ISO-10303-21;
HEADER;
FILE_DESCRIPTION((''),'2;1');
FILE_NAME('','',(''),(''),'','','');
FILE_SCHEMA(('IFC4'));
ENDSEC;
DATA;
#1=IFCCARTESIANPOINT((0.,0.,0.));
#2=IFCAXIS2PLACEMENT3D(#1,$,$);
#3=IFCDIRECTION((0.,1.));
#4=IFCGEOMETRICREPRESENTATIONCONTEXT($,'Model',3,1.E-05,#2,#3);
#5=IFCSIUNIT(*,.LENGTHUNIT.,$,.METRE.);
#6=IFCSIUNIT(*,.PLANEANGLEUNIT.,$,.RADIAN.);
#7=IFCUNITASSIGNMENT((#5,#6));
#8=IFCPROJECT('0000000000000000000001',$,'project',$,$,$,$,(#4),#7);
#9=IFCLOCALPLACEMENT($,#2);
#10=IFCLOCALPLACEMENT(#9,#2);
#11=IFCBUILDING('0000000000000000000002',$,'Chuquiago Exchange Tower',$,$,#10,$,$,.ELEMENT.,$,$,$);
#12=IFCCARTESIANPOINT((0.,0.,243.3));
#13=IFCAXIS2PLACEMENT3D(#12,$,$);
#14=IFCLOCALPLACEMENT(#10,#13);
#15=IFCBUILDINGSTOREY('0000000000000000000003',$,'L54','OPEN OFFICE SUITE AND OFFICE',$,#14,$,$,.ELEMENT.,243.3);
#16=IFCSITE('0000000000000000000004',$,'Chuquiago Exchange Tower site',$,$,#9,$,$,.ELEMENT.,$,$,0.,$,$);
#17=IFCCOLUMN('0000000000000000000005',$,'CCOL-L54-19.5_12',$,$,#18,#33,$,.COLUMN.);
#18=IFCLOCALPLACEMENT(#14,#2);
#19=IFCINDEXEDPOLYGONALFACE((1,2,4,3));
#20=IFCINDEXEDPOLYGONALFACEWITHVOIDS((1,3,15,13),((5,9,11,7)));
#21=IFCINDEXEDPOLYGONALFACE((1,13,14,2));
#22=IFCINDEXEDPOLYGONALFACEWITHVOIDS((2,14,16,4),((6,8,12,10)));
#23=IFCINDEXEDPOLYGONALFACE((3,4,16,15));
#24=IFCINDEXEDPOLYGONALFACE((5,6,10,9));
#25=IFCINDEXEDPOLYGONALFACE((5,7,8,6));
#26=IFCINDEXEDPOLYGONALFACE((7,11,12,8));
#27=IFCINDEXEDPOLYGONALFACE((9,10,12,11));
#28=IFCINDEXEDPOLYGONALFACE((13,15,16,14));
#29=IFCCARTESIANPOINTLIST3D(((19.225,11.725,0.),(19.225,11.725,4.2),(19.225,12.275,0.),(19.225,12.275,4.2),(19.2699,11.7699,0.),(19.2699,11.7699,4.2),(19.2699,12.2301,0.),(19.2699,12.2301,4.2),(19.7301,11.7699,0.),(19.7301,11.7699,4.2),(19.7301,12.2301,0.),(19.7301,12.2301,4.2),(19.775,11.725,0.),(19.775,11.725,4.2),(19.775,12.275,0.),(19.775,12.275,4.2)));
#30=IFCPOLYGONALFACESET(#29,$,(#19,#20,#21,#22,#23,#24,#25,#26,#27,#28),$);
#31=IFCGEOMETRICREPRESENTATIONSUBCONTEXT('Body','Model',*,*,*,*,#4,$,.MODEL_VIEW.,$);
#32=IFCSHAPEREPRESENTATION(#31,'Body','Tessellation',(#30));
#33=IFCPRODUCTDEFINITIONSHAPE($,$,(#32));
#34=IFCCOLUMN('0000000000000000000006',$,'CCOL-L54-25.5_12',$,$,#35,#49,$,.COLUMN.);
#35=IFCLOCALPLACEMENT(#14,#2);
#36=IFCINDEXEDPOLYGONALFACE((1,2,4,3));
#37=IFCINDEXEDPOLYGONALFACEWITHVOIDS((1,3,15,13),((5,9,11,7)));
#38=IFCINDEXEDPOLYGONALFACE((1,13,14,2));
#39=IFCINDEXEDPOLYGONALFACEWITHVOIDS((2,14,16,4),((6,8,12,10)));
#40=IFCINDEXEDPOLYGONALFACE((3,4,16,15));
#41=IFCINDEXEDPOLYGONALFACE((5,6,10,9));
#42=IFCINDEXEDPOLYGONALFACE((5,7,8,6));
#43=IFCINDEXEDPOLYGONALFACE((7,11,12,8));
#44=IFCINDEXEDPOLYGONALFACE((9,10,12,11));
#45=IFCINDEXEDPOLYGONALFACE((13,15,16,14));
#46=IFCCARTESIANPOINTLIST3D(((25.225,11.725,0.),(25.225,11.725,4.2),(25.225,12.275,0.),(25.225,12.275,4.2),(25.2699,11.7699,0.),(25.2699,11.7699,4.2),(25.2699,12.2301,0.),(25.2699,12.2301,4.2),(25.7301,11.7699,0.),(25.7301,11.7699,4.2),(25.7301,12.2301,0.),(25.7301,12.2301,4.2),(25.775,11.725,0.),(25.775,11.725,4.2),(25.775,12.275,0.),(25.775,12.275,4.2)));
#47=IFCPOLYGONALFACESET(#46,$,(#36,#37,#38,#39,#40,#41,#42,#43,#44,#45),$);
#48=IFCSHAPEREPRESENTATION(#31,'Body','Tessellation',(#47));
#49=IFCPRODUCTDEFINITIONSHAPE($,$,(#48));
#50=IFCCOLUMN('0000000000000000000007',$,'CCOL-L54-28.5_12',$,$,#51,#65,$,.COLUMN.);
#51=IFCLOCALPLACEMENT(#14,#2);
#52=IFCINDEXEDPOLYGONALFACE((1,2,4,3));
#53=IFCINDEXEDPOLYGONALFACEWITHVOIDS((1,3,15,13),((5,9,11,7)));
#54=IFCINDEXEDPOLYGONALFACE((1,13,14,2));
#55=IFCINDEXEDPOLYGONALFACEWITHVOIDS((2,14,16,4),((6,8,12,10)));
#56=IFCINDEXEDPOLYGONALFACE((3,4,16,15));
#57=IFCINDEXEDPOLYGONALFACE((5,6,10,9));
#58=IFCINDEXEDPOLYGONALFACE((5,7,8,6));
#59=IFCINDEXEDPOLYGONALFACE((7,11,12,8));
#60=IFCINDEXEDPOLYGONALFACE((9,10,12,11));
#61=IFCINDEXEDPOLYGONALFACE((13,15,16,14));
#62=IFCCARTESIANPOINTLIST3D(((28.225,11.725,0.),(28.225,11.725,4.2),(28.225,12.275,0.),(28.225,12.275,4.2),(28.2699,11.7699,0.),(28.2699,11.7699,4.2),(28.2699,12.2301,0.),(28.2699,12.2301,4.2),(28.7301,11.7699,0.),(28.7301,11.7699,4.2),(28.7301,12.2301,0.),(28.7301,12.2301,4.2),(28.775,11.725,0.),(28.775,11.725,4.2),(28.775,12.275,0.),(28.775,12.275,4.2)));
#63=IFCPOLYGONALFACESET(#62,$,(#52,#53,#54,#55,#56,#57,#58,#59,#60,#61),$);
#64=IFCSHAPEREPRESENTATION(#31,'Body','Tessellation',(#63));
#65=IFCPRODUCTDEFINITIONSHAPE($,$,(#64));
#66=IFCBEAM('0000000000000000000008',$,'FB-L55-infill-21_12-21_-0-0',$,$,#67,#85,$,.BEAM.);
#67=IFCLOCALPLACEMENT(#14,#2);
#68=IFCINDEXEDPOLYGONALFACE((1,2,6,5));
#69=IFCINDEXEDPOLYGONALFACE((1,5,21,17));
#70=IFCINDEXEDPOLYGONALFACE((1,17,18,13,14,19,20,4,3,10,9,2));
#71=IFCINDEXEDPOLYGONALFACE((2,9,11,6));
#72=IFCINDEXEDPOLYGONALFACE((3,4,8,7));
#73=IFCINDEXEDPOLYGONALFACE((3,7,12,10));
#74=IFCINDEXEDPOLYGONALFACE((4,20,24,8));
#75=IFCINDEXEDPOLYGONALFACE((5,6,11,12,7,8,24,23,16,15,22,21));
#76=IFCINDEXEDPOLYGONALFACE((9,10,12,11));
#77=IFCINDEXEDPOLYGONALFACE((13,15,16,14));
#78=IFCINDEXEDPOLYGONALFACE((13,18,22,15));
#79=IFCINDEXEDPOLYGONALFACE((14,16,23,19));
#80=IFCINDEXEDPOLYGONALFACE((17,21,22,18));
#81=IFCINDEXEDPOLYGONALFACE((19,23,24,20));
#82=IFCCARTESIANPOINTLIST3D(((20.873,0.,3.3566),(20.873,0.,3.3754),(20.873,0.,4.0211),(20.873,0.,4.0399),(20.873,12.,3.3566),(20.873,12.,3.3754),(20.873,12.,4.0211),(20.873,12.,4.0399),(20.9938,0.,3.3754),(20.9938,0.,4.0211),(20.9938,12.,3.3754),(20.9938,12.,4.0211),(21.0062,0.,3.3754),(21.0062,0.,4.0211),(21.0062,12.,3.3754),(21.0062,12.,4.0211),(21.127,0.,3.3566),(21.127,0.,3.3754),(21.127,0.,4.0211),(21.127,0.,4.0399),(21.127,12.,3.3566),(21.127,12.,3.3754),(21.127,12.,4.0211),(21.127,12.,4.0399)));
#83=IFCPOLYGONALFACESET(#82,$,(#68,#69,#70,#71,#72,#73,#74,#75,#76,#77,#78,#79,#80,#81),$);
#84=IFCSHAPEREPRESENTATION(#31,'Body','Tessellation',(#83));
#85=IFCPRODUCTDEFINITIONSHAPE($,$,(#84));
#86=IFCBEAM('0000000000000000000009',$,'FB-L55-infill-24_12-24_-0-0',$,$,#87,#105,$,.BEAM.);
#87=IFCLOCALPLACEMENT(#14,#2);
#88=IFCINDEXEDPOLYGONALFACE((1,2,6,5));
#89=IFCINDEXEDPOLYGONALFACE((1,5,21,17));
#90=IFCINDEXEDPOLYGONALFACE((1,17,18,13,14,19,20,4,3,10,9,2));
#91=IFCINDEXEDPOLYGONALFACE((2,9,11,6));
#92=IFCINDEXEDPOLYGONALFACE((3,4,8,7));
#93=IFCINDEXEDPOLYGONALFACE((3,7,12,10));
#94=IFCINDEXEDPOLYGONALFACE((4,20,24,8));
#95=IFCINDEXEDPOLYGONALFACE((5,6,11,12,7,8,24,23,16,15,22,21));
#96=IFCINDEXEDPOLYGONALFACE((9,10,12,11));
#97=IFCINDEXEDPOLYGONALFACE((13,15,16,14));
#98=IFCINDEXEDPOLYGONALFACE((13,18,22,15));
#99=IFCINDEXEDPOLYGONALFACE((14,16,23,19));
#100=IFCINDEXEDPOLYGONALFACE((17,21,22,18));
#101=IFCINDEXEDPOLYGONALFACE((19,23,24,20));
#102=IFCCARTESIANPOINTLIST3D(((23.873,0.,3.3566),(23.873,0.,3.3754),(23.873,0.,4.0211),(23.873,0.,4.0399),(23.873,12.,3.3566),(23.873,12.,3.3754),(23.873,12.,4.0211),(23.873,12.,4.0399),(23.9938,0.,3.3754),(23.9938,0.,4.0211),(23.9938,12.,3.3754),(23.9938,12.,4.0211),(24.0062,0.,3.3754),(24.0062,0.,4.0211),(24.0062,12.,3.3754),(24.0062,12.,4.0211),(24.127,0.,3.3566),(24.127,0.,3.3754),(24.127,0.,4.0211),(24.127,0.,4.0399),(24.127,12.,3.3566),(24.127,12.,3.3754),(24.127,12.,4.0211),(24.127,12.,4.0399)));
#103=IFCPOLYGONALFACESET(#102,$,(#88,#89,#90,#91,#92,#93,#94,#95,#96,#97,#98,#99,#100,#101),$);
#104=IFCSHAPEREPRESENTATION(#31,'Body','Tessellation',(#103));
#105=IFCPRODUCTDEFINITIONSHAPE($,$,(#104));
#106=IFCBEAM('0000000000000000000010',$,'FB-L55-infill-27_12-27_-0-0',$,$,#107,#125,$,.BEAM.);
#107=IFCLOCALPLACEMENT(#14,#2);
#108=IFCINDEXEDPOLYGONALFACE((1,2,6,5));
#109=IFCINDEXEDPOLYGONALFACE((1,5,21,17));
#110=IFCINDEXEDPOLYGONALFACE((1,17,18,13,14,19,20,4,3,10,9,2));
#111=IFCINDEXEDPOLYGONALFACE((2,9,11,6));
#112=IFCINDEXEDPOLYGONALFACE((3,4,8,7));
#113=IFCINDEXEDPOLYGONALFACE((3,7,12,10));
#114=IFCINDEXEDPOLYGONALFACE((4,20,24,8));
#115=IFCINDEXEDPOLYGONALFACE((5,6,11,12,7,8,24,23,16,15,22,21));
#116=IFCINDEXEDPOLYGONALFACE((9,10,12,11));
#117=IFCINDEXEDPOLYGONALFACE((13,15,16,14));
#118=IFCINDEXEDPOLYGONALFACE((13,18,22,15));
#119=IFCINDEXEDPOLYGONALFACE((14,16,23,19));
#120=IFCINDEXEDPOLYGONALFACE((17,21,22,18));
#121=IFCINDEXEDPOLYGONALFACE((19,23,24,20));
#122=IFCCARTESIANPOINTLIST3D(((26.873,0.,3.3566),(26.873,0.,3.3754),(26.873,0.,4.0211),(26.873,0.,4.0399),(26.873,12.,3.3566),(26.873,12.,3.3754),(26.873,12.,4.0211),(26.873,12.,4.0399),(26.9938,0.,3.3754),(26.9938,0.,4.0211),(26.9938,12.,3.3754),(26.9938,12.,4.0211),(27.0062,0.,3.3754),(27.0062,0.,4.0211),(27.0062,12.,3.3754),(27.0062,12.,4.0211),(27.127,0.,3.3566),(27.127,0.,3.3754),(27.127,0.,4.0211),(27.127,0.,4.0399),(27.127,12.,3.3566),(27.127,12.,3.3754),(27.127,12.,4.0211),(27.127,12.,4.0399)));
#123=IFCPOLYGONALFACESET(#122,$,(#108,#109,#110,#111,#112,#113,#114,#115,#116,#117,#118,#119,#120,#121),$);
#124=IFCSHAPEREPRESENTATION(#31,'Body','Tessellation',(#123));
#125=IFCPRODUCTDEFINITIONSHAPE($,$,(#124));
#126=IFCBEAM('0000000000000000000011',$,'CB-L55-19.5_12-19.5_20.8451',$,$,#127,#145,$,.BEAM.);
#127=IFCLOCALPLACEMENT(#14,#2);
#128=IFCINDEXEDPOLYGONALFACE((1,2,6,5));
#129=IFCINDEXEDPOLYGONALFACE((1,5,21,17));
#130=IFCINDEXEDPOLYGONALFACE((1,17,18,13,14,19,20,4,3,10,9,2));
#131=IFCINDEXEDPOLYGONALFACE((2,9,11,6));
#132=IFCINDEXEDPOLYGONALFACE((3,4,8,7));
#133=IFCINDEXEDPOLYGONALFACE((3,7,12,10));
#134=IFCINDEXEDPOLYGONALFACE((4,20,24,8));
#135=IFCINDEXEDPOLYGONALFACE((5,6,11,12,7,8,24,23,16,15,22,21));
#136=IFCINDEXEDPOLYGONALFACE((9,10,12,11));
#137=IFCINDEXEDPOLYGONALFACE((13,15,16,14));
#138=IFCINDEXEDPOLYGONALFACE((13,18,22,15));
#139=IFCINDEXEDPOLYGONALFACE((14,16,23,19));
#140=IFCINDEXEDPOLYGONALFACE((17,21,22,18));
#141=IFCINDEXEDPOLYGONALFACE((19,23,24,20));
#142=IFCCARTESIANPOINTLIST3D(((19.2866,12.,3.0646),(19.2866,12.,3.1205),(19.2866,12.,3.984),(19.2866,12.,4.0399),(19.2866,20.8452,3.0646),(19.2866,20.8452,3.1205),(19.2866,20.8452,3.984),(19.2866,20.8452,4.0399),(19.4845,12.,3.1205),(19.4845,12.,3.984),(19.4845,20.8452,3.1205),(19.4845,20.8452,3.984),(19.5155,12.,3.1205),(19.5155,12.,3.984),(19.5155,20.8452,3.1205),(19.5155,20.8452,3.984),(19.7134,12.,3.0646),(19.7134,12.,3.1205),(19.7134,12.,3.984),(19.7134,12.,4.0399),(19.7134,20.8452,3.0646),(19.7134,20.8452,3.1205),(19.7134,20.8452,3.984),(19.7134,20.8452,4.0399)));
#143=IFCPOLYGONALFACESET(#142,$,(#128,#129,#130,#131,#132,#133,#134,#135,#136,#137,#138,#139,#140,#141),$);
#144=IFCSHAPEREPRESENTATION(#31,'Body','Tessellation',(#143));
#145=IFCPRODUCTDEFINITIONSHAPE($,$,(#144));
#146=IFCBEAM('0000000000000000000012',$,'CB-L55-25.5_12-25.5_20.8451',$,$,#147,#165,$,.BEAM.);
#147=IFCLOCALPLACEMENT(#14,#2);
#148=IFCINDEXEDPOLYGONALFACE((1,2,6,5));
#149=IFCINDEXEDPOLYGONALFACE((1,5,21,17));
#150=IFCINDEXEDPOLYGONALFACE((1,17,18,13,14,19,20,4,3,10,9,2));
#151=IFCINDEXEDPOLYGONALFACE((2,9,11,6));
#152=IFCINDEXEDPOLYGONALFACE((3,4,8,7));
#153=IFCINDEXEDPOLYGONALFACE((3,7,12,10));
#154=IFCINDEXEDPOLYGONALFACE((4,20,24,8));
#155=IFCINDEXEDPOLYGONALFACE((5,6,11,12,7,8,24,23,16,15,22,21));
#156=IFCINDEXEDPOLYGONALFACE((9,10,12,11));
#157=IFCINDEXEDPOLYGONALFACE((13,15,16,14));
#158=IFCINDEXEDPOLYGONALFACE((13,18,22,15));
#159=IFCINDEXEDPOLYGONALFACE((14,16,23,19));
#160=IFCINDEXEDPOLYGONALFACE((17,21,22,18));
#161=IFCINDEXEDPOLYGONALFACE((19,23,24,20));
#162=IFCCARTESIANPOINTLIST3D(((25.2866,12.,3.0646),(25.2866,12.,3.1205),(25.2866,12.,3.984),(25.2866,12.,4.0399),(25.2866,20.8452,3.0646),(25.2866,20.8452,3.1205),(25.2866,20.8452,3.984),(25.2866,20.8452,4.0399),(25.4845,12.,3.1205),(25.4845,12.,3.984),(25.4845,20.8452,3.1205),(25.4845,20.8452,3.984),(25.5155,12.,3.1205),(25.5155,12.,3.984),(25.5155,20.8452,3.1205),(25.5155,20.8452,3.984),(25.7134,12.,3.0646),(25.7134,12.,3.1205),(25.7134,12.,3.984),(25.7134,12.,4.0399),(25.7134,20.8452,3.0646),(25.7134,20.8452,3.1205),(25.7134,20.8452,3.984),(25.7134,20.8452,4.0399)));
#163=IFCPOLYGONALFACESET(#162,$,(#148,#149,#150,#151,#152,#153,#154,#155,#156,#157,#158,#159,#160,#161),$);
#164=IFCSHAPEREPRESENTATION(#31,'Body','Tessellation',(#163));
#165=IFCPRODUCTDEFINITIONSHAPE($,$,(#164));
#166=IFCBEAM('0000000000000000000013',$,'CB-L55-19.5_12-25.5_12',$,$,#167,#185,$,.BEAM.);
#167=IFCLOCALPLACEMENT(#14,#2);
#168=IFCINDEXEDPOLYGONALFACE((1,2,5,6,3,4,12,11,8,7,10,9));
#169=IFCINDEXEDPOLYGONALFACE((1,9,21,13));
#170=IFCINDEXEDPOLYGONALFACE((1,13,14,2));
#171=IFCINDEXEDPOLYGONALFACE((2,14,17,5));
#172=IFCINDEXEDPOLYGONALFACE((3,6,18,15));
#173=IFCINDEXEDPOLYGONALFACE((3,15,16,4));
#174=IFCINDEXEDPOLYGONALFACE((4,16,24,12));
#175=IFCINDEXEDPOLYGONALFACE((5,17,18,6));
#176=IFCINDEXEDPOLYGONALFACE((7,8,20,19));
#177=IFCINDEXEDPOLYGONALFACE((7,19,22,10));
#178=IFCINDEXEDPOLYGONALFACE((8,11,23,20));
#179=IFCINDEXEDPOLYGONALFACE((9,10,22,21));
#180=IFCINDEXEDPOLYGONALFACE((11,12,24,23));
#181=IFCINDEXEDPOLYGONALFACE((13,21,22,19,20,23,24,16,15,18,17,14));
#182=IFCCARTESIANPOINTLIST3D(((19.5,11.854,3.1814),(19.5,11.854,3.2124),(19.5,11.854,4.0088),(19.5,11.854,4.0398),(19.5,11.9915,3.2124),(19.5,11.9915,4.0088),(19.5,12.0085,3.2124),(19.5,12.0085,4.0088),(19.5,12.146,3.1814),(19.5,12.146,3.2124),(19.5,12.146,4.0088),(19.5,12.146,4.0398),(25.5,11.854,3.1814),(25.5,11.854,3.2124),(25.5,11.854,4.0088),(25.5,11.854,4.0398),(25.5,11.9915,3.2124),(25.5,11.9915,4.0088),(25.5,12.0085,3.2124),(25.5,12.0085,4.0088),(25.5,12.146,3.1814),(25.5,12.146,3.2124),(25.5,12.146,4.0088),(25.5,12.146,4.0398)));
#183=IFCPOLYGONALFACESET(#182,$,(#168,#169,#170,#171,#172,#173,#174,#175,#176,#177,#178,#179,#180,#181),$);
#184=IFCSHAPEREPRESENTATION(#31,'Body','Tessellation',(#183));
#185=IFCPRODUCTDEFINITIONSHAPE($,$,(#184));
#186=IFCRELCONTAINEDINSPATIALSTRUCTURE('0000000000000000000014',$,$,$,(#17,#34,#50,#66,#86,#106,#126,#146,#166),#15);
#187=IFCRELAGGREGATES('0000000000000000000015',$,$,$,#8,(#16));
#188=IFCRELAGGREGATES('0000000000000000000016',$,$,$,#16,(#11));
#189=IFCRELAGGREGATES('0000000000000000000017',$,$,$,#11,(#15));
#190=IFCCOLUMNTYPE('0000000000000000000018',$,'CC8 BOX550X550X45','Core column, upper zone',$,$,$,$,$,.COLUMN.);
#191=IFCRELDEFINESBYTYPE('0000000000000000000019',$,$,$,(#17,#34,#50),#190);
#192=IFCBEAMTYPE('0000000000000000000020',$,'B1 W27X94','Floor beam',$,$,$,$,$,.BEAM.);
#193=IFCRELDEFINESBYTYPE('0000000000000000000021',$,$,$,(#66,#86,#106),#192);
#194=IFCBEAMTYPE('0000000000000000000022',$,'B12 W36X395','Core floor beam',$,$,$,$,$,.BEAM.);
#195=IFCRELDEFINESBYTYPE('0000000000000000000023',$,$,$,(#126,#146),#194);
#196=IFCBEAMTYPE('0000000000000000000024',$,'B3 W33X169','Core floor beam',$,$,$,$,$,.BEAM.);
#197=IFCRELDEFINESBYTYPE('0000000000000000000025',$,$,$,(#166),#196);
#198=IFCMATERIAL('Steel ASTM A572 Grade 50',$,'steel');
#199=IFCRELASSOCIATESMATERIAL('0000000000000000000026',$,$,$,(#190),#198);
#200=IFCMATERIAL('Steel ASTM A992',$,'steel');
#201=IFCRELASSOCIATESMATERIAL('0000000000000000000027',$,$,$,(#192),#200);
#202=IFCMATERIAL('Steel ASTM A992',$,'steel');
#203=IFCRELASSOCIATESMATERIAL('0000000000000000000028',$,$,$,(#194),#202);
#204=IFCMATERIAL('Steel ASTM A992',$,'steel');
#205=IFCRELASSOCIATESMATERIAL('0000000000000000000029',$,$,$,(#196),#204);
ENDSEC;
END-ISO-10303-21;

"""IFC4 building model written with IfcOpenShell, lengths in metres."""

from ifc_helpers import new_model, si_unit, direction, frame, origin, origin_2d, place, context, subcontext, project, spatial, hollow_rectangle, i_section, extrude, material, material_profile, profile_set, type_object, element, save


model = new_model("IFC4")

# Units and contexts
model_context = context("Model", 3, precision=1e-05, world=origin(), true_north=direction((0.0, 1.0)))
body_context = subcontext(model_context, "Body", "Model", "MODEL_VIEW")
ifc_project = project(units=[si_unit("LENGTHUNIT", "METRE"), si_unit("PLANEANGLEUNIT", "RADIAN")], contexts=[model_context])

# Site, building, storey
site_placement = place(None, origin())
site = spatial("IfcSite", under=ifc_project, at=site_placement, Name="Chuquiago Exchange Tower site", CompositionType="ELEMENT", RefElevation=0.0)
building_placement = place(site_placement, origin())
building = spatial("IfcBuilding", under=site, at=building_placement, Name="Chuquiago Exchange Tower", CompositionType="ELEMENT")
storey_placement = place(building_placement, frame((0.0, 0.0, 243.3)))
storey = spatial("IfcBuildingStorey", under=building, at=storey_placement, Name="L54", Description="OPEN OFFICE SUITE AND OFFICE", CompositionType="ELEMENT", Elevation=243.3)

# Columns
ifc_material_1 = material(Name="Steel ASTM A572 Grade 50", Category="steel")
ifc_material_profile_1 = material_profile(ifc_material_1, hollow_rectangle(XDim=0.55, YDim=0.55, WallThickness=0.0449, at=origin_2d()), Name="BOX550X550X45")
ifc_profile_set_1 = profile_set([ifc_material_profile_1], Name="Steel ASTM A572 Grade 50")
column_type = type_object("IfcColumnType", Name="CC8 BOX550X550X45", Description="Core column, upper zone", PredefinedType="COLUMN", material=ifc_profile_set_1)
for number, where, z_axis, x_axis, name in (
    (1, (19.5, 12.0, 0.0), (0.0, 0.0, 1.0), (1.0, 0.0, 0.0), "CCOL-L54-19.5_12"),
    (2, (25.5, 12.0, 0.0), (0.0, 0.0, 1.0), (1.0, 0.0, 0.0), "CCOL-L54-25.5_12"),
    (3, (28.5, 12.0, 0.0), (0.0, 0.0, 1.0), (1.0, 0.0, 0.0), "CCOL-L54-28.5_12"),
):
    element("IfcColumn", number, at=place(storey_placement, frame(where, z_axis=z_axis, x_axis=x_axis)), inside=storey, type_object=column_type, Name=name, PredefinedType="COLUMN", context=body_context, shape_type="SweptSolid", body=[
        extrude(hollow_rectangle(XDim=0.55, YDim=0.55, WallThickness=0.0449, at=origin_2d()), origin(), (0.0, 0.0, 1.0), 4.2),
    ])

# Beams
ifc_material_2 = material(Name="Steel ASTM A992", Category="steel")
ifc_material_profile_2 = material_profile(ifc_material_2, i_section(OverallWidth=0.2539, OverallDepth=0.6833, WebThickness=0.0125, FlangeThickness=0.0188, at=origin_2d()), Name="W27X94")
ifc_profile_set_2 = profile_set([ifc_material_profile_2], Name="Steel ASTM A992")
beam_type_1 = type_object("IfcBeamType", Name="B1 W27X94", Description="Floor beam", PredefinedType="BEAM", material=ifc_profile_set_2)
for number, where, z_axis, x_axis, name in (
    (4, (21.0, 12.0, 3.6982), (0.0, -1.0, 0.0), (1.0, 0.0, 0.0), "FB-L55-infill-21_12-21_-0-0"),
    (5, (24.0, 12.0, 3.6982), (0.0, -1.0, 0.0), (1.0, 0.0, 0.0), "FB-L55-infill-24_12-24_-0-0"),
    (6, (27.0, 12.0, 3.6982), (0.0, -1.0, 0.0), (1.0, 0.0, 0.0), "FB-L55-infill-27_12-27_-0-0"),
):
    element("IfcBeam", number, at=place(storey_placement, frame(where, z_axis=z_axis, x_axis=x_axis)), inside=storey, type_object=beam_type_1, Name=name, PredefinedType="BEAM", context=body_context, shape_type="SweptSolid", body=[
        extrude(i_section(OverallWidth=0.2539, OverallDepth=0.6833, WebThickness=0.0125, FlangeThickness=0.0188, at=origin_2d()), origin(), (0.0, 0.0, 1.0), 12.0),
    ])
ifc_material_3 = material(Name="Steel ASTM A992", Category="steel")
ifc_material_profile_3 = material_profile(ifc_material_3, i_section(OverallWidth=0.4268, OverallDepth=0.9753, WebThickness=0.031, FlangeThickness=0.0559, at=origin_2d()), Name="W36X395")
ifc_profile_set_3 = profile_set([ifc_material_profile_3], Name="Steel ASTM A992")
beam_type_2 = type_object("IfcBeamType", Name="B12 W36X395", Description="Core floor beam", PredefinedType="BEAM", material=ifc_profile_set_3)
for number, where, z_axis, x_axis, name in (
    (7, (19.5, 12.0, 3.5522), (0.0, 1.0, 0.0), (-1.0, 0.0, 0.0), "CB-L55-19.5_12-19.5_20.8451"),
    (8, (25.5, 12.0, 3.5522), (0.0, 1.0, 0.0), (-1.0, 0.0, 0.0), "CB-L55-25.5_12-25.5_20.8451"),
):
    element("IfcBeam", number, at=place(storey_placement, frame(where, z_axis=z_axis, x_axis=x_axis)), inside=storey, type_object=beam_type_2, Name=name, PredefinedType="BEAM", context=body_context, shape_type="SweptSolid", body=[
        extrude(i_section(OverallWidth=0.4268, OverallDepth=0.9753, WebThickness=0.031, FlangeThickness=0.0559, at=origin_2d()), origin(), (0.0, 0.0, 1.0), 8.8452),
    ])
ifc_material_4 = material(Name="Steel ASTM A992", Category="steel")
ifc_material_profile_4 = material_profile(ifc_material_4, i_section(OverallWidth=0.292, OverallDepth=0.8584, WebThickness=0.0171, FlangeThickness=0.031, at=origin_2d()), Name="W33X169")
ifc_profile_set_4 = profile_set([ifc_material_profile_4], Name="Steel ASTM A992")
beam_type_3 = type_object("IfcBeamType", Name="B3 W33X169", Description="Core floor beam", PredefinedType="BEAM", material=ifc_profile_set_4)
beam_1_placement = place(storey_placement, frame((19.5, 12.0, 3.6106), z_axis=(1.0, 0.0, 0.0), x_axis=(0.0, 1.0, 0.0)))
element("IfcBeam", 9, at=beam_1_placement, inside=storey, type_object=beam_type_3, Name="CB-L55-19.5_12-25.5_12", PredefinedType="BEAM", context=body_context, shape_type="SweptSolid", body=[
    extrude(i_section(OverallWidth=0.292, OverallDepth=0.8584, WebThickness=0.0171, FlangeThickness=0.031, at=origin_2d()), origin(), (0.0, 0.0, 1.0), 6.0),
])

save(model, "model.ifc")
